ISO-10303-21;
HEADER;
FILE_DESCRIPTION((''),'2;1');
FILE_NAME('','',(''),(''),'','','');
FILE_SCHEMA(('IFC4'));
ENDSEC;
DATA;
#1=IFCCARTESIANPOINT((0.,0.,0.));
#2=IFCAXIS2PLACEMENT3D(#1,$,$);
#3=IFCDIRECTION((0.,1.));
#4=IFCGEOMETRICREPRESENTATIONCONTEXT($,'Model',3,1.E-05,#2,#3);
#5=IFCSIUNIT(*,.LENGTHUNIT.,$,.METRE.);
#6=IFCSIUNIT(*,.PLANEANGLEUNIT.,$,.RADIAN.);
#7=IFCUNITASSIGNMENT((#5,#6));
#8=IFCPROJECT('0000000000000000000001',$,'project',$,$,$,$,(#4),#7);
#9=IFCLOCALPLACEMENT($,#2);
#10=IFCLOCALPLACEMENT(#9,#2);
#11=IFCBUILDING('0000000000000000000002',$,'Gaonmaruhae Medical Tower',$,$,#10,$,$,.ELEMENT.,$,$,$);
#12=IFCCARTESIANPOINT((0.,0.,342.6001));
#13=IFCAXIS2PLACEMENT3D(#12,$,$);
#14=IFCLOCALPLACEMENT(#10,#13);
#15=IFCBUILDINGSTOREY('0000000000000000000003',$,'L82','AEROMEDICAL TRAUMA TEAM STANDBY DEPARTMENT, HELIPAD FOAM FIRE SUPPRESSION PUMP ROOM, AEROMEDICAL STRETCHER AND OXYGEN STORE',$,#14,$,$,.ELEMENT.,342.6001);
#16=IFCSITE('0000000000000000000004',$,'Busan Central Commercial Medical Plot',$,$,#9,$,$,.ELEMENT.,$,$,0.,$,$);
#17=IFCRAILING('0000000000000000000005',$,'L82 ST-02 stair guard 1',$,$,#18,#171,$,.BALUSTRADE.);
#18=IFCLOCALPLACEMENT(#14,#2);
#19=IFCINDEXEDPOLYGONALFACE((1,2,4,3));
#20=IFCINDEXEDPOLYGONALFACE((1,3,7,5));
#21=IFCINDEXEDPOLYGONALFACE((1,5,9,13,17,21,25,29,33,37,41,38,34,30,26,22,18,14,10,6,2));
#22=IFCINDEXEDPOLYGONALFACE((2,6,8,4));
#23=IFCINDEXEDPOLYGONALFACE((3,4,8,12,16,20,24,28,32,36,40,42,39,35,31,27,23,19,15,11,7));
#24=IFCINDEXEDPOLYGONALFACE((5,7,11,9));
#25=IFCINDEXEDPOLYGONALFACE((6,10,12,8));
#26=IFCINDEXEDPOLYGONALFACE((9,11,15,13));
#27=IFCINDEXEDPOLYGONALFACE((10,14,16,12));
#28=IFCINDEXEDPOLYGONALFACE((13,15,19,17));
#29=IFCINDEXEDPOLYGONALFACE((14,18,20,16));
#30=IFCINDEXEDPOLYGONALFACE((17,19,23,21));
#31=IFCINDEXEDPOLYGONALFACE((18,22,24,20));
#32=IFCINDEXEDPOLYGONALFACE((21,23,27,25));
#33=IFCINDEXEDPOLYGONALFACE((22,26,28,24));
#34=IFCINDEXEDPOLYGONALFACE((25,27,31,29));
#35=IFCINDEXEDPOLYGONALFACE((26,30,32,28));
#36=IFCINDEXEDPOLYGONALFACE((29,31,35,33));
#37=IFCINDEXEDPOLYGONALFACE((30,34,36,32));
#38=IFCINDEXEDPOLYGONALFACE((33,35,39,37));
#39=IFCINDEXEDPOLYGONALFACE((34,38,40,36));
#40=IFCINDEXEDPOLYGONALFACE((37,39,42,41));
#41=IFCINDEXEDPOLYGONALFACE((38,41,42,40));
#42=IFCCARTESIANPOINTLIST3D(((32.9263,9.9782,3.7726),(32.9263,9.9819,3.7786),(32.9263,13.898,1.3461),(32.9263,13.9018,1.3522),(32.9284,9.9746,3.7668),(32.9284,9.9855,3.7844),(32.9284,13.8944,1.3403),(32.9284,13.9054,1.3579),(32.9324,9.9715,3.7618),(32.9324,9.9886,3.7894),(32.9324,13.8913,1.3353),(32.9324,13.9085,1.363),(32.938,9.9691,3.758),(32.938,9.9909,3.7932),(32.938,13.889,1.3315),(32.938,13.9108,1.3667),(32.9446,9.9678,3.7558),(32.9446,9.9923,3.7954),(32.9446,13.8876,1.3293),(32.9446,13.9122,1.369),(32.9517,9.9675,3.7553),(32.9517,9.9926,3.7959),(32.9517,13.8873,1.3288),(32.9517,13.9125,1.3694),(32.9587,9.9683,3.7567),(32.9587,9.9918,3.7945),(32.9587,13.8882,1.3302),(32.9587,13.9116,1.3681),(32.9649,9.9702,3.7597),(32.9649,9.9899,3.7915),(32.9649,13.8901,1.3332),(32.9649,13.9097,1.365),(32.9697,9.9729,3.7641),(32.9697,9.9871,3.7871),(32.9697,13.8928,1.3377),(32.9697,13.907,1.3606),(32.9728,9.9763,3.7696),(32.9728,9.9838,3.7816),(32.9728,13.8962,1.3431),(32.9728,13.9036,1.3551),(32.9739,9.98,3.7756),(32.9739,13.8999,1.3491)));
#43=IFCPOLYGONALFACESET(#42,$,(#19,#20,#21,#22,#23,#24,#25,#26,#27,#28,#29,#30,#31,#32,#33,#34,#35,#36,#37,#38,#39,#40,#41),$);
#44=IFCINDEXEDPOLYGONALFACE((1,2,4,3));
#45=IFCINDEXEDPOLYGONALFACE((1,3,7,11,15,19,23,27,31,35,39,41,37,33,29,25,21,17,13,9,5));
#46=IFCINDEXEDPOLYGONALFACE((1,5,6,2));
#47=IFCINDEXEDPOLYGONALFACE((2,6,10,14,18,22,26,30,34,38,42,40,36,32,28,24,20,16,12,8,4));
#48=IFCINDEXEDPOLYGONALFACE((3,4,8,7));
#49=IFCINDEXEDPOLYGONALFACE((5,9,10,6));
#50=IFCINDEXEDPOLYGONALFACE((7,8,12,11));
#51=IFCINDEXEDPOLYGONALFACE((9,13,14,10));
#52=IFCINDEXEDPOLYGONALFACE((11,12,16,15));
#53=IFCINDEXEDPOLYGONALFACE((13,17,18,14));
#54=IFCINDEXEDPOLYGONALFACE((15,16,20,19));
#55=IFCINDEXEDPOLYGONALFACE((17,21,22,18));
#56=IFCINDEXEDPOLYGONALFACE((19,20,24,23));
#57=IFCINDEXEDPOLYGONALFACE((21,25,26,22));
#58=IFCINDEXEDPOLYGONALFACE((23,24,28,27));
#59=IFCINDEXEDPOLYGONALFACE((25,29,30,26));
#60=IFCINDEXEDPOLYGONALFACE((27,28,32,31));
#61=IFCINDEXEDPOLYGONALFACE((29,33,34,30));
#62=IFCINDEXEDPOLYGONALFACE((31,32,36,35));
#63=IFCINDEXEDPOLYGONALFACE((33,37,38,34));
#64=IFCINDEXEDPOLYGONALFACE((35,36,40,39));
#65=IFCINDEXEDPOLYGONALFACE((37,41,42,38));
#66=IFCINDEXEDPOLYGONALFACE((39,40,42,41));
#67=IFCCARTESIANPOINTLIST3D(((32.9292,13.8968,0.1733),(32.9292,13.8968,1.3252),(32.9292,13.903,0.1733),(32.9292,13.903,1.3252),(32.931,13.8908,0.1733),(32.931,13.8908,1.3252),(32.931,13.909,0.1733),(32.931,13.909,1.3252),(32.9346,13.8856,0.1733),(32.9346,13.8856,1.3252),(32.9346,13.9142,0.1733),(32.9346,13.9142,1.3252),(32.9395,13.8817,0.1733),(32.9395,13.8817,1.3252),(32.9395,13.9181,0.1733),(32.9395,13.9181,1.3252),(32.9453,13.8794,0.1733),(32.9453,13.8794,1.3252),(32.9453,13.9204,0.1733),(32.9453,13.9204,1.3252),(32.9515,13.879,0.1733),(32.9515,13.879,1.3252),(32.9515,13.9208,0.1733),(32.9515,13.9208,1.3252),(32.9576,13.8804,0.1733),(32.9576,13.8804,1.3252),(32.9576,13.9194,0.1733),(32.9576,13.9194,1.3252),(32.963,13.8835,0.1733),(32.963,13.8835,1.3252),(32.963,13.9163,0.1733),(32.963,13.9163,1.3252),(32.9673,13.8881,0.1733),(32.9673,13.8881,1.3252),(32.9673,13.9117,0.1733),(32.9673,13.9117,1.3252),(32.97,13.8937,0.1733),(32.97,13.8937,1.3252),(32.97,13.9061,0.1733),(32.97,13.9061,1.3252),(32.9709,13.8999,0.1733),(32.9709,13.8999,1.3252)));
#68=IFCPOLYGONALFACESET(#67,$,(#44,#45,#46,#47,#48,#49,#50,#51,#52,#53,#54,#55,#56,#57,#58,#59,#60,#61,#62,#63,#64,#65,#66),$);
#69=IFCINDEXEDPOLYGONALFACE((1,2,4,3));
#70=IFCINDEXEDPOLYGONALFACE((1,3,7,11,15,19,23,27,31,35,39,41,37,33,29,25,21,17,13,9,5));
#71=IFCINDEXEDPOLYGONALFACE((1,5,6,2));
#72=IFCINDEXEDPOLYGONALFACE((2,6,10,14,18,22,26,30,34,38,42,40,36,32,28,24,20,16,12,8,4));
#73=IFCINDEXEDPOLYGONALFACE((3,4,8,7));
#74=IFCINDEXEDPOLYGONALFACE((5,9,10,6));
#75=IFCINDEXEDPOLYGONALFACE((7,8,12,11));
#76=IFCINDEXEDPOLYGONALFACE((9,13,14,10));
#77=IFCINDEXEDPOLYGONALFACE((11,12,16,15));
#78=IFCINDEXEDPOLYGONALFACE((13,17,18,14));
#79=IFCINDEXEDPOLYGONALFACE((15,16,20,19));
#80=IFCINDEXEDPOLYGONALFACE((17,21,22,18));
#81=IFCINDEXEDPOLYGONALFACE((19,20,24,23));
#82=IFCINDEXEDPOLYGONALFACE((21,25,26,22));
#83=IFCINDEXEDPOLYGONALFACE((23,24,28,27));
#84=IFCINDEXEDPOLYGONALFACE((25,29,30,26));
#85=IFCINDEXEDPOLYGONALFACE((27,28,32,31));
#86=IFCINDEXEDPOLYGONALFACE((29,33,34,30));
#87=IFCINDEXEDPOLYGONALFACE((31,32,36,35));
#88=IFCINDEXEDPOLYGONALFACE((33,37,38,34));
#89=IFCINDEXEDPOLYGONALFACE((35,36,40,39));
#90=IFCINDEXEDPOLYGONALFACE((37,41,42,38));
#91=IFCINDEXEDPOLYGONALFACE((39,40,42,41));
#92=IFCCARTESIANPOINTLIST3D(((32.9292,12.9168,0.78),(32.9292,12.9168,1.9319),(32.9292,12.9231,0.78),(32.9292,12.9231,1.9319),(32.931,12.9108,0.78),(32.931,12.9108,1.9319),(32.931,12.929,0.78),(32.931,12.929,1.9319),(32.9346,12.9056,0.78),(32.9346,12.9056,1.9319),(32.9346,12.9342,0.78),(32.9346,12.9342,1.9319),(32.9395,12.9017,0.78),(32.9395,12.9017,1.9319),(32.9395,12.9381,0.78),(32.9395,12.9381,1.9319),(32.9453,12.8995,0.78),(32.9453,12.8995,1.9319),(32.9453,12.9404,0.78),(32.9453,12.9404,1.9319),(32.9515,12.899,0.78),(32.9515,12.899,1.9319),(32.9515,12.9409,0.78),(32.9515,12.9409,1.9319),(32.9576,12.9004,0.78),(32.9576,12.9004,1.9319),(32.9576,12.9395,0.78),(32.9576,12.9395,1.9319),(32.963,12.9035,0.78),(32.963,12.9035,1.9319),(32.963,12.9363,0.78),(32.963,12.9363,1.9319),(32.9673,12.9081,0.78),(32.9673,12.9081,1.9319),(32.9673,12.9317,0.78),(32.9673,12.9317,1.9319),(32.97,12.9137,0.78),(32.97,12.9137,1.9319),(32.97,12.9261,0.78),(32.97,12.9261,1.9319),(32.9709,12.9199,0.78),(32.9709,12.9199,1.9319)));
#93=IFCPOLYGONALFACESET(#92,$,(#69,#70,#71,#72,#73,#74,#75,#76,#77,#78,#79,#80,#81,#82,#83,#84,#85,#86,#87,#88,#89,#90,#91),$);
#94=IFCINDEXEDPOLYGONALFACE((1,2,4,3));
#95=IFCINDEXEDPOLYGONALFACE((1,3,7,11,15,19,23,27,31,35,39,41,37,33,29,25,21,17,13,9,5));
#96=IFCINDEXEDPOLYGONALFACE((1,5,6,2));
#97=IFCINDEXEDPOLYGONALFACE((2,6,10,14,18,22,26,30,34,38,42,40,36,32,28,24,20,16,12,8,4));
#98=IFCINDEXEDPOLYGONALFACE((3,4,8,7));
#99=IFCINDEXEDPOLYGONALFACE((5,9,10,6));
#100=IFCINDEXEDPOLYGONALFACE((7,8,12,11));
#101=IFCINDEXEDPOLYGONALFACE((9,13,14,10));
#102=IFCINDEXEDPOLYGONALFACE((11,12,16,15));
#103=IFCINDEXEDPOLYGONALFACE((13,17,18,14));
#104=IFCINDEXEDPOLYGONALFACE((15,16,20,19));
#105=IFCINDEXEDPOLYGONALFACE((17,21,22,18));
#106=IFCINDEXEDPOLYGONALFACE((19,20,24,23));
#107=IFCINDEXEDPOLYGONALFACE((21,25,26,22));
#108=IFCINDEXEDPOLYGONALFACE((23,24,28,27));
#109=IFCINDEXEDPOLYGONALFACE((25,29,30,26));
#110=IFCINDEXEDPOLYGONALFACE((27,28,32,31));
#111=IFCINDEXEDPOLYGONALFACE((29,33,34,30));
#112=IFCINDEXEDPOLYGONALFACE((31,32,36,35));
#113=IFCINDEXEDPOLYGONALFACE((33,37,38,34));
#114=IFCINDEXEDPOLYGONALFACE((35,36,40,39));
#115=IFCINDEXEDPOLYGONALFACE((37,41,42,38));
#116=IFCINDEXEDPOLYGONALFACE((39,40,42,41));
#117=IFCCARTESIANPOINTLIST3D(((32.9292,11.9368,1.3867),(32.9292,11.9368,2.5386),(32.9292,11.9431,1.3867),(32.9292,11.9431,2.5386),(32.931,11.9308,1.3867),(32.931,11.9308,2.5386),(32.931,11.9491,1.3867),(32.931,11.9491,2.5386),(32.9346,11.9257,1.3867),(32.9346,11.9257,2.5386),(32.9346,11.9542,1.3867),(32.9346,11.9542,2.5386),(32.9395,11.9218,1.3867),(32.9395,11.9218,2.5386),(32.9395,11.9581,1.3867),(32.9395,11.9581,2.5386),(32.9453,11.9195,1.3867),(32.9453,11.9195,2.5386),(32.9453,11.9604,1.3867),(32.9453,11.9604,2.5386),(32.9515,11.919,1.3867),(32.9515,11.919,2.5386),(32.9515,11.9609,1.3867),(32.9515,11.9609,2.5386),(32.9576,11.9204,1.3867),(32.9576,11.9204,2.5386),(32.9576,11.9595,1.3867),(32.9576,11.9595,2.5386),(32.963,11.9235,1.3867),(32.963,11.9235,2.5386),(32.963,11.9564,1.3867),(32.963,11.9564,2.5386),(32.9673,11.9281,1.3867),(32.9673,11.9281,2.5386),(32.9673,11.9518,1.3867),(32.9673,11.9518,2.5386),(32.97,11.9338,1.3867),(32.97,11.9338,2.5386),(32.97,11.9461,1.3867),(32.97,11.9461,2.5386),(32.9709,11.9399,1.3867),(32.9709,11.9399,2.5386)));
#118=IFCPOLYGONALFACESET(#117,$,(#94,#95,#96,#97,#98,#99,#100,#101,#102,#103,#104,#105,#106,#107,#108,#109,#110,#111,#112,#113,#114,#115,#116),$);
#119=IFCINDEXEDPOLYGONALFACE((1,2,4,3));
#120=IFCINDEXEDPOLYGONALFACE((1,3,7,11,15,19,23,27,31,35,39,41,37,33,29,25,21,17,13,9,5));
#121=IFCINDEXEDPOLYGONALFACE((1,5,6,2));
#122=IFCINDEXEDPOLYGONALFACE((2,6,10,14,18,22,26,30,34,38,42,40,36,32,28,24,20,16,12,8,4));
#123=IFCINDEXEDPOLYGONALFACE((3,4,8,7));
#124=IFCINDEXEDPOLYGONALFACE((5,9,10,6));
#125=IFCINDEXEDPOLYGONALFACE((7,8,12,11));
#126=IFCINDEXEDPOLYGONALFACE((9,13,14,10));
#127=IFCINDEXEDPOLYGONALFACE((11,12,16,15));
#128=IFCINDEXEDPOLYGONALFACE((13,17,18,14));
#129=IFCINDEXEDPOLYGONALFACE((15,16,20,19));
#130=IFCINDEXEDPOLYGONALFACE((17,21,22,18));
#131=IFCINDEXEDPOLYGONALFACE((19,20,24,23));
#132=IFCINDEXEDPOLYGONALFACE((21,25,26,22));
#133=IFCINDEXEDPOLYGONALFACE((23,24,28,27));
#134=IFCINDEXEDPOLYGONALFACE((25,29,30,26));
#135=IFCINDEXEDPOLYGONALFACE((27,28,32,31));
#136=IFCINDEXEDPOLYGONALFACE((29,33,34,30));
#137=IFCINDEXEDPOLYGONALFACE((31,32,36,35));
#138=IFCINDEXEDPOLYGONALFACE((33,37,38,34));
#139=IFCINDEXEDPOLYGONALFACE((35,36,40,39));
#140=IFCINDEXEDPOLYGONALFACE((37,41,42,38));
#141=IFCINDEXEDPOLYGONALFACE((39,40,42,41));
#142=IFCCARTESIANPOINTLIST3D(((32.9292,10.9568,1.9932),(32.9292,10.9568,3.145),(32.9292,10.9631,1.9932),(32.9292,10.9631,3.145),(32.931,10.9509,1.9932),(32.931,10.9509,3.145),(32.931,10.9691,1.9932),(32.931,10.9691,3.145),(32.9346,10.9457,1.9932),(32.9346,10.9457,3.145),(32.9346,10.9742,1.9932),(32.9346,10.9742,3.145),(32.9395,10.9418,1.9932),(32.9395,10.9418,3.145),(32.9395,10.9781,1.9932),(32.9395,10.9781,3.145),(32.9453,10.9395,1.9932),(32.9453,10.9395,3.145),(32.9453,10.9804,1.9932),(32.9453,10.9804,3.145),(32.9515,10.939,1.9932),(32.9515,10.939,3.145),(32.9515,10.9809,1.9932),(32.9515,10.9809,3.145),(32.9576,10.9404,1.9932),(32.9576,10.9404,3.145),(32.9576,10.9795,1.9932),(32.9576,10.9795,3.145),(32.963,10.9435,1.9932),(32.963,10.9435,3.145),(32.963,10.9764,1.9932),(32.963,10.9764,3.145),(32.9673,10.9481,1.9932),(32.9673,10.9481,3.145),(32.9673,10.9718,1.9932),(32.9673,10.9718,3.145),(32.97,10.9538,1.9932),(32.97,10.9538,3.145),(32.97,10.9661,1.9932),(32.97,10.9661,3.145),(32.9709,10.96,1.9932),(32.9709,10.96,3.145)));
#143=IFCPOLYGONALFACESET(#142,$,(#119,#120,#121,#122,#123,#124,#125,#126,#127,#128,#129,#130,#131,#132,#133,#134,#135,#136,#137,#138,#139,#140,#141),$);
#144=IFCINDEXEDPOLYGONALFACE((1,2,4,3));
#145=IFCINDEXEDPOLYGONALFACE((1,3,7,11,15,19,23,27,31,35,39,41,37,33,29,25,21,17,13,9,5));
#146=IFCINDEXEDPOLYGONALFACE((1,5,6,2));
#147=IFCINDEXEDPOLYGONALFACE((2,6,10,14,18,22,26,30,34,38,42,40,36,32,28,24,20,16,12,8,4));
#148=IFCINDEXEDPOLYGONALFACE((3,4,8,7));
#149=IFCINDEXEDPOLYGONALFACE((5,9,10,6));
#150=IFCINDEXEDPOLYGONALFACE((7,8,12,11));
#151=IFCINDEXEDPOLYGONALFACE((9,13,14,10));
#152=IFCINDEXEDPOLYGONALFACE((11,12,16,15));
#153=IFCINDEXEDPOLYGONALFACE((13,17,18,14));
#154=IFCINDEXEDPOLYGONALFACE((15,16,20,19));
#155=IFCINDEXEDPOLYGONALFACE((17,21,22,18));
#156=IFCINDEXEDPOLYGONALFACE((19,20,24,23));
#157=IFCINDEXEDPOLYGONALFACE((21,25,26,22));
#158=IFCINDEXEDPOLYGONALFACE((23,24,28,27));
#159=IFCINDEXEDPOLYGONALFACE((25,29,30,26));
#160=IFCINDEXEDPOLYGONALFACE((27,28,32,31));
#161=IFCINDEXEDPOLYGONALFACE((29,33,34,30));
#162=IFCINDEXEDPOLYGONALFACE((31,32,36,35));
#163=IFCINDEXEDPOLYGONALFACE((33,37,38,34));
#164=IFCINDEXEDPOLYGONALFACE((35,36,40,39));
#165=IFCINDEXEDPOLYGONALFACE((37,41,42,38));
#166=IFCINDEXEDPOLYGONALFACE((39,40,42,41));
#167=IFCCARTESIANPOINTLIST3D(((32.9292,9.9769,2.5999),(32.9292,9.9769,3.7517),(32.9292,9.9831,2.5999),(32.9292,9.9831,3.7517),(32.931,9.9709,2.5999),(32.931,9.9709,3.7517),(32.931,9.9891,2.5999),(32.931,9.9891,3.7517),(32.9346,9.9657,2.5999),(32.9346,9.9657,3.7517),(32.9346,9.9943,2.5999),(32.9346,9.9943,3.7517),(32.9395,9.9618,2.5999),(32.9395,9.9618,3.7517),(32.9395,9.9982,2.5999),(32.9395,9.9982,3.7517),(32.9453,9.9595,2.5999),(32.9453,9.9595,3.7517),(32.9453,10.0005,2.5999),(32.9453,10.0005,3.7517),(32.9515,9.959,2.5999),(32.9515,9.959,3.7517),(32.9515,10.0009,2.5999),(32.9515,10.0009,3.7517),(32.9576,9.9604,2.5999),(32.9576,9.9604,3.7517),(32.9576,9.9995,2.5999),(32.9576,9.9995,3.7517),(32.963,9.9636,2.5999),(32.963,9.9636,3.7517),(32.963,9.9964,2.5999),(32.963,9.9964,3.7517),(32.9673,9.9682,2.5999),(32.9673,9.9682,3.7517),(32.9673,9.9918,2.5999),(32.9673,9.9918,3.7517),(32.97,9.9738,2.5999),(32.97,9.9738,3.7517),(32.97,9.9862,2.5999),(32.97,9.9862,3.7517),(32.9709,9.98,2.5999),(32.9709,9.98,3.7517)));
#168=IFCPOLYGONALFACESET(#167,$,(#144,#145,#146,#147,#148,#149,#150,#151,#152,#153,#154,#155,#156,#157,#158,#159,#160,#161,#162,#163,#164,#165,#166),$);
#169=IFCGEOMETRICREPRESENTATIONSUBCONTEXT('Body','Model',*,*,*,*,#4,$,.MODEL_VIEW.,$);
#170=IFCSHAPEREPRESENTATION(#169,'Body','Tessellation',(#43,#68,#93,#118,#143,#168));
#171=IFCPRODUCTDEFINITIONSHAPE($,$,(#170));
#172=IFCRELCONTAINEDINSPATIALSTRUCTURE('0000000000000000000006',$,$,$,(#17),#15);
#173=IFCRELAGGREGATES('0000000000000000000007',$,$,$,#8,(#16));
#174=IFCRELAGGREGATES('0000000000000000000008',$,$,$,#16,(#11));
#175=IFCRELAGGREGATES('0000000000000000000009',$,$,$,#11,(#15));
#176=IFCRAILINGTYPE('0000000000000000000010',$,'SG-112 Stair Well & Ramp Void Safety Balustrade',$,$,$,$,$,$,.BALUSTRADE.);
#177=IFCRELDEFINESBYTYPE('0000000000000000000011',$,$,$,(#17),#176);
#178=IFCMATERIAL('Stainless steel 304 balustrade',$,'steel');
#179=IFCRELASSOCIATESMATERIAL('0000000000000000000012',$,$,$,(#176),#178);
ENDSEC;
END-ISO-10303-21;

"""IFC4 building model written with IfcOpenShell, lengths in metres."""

from ifc_helpers import new_model, si_unit, direction, frame, origin, origin_2d, place, context, subcontext, project, spatial, circle, extrude, material, type_object, element, save


model = new_model("IFC4")

# Units and contexts
model_context = context("Model", 3, precision=1e-05, world=origin(), true_north=direction((0.0, 1.0)))
body_context = subcontext(model_context, "Body", "Model", "MODEL_VIEW")
ifc_project = project(units=[si_unit("LENGTHUNIT", "METRE"), si_unit("PLANEANGLEUNIT", "RADIAN")], contexts=[model_context])

# Site, building, storey
site_placement = place(None, origin())
site = spatial("IfcSite", under=ifc_project, at=site_placement, Name="Busan Central Commercial Medical Plot", CompositionType="ELEMENT", RefElevation=0.0)
building_placement = place(site_placement, origin())
building = spatial("IfcBuilding", under=site, at=building_placement, Name="Gaonmaruhae Medical Tower", CompositionType="ELEMENT")
storey_placement = place(building_placement, frame((0.0, 0.0, 342.6001)))
storey = spatial("IfcBuildingStorey", under=building, at=storey_placement, Name="L82", Description="AEROMEDICAL TRAUMA TEAM STANDBY DEPARTMENT, HELIPAD FOAM FIRE SUPPRESSION PUMP ROOM, AEROMEDICAL STRETCHER AND OXYGEN STORE", CompositionType="ELEMENT", Elevation=342.6001)

# Railing
ifc_material_1 = material(Name="Stainless steel 304 balustrade", Category="steel")
railing_type_1 = type_object("IfcRailingType", Name="SG-112 Stair Well & Ramp Void Safety Balustrade", PredefinedType="BALUSTRADE", material=ifc_material_1)
railing_1_placement = place(storey_placement, frame((32.95, 13.8999, 0.1733)))
element("IfcRailing", 1, at=railing_1_placement, inside=storey, type_object=railing_type_1, Name="L82 ST-02 stair guard 1", PredefinedType="BALUSTRADE", context=body_context, shape_type="SweptSolid", body=[
    extrude(circle(Radius=0.0239, at=origin_2d()), frame((0.0, 0.0, 1.1758), z_axis=(0.0, -0.850275, 0.526338), x_axis=(1.0, 0.0, 0.0)), (0.0, 0.0, 1.0), 4.6101),
    extrude(circle(Radius=0.021, at=origin_2d()), origin(), (0.0, 0.0, 1.0), 1.1519),
    extrude(circle(Radius=0.021, at=origin_2d()), frame((0.0, -0.98, 0.6067)), (0.0, 0.0, 1.0), 1.1519),
    extrude(circle(Radius=0.021, at=origin_2d()), frame((0.0, -1.96, 1.2134)), (0.0, 0.0, 1.0), 1.1519),
    extrude(circle(Radius=0.021, at=origin_2d()), frame((0.0, -2.9399, 1.8198)), (0.0, 0.0, 1.0), 1.1519),
    extrude(circle(Radius=0.021, at=origin_2d()), frame((0.0, -3.9199, 2.4265)), (0.0, 0.0, 1.0), 1.1519),
])

save(model, "model.ifc")
